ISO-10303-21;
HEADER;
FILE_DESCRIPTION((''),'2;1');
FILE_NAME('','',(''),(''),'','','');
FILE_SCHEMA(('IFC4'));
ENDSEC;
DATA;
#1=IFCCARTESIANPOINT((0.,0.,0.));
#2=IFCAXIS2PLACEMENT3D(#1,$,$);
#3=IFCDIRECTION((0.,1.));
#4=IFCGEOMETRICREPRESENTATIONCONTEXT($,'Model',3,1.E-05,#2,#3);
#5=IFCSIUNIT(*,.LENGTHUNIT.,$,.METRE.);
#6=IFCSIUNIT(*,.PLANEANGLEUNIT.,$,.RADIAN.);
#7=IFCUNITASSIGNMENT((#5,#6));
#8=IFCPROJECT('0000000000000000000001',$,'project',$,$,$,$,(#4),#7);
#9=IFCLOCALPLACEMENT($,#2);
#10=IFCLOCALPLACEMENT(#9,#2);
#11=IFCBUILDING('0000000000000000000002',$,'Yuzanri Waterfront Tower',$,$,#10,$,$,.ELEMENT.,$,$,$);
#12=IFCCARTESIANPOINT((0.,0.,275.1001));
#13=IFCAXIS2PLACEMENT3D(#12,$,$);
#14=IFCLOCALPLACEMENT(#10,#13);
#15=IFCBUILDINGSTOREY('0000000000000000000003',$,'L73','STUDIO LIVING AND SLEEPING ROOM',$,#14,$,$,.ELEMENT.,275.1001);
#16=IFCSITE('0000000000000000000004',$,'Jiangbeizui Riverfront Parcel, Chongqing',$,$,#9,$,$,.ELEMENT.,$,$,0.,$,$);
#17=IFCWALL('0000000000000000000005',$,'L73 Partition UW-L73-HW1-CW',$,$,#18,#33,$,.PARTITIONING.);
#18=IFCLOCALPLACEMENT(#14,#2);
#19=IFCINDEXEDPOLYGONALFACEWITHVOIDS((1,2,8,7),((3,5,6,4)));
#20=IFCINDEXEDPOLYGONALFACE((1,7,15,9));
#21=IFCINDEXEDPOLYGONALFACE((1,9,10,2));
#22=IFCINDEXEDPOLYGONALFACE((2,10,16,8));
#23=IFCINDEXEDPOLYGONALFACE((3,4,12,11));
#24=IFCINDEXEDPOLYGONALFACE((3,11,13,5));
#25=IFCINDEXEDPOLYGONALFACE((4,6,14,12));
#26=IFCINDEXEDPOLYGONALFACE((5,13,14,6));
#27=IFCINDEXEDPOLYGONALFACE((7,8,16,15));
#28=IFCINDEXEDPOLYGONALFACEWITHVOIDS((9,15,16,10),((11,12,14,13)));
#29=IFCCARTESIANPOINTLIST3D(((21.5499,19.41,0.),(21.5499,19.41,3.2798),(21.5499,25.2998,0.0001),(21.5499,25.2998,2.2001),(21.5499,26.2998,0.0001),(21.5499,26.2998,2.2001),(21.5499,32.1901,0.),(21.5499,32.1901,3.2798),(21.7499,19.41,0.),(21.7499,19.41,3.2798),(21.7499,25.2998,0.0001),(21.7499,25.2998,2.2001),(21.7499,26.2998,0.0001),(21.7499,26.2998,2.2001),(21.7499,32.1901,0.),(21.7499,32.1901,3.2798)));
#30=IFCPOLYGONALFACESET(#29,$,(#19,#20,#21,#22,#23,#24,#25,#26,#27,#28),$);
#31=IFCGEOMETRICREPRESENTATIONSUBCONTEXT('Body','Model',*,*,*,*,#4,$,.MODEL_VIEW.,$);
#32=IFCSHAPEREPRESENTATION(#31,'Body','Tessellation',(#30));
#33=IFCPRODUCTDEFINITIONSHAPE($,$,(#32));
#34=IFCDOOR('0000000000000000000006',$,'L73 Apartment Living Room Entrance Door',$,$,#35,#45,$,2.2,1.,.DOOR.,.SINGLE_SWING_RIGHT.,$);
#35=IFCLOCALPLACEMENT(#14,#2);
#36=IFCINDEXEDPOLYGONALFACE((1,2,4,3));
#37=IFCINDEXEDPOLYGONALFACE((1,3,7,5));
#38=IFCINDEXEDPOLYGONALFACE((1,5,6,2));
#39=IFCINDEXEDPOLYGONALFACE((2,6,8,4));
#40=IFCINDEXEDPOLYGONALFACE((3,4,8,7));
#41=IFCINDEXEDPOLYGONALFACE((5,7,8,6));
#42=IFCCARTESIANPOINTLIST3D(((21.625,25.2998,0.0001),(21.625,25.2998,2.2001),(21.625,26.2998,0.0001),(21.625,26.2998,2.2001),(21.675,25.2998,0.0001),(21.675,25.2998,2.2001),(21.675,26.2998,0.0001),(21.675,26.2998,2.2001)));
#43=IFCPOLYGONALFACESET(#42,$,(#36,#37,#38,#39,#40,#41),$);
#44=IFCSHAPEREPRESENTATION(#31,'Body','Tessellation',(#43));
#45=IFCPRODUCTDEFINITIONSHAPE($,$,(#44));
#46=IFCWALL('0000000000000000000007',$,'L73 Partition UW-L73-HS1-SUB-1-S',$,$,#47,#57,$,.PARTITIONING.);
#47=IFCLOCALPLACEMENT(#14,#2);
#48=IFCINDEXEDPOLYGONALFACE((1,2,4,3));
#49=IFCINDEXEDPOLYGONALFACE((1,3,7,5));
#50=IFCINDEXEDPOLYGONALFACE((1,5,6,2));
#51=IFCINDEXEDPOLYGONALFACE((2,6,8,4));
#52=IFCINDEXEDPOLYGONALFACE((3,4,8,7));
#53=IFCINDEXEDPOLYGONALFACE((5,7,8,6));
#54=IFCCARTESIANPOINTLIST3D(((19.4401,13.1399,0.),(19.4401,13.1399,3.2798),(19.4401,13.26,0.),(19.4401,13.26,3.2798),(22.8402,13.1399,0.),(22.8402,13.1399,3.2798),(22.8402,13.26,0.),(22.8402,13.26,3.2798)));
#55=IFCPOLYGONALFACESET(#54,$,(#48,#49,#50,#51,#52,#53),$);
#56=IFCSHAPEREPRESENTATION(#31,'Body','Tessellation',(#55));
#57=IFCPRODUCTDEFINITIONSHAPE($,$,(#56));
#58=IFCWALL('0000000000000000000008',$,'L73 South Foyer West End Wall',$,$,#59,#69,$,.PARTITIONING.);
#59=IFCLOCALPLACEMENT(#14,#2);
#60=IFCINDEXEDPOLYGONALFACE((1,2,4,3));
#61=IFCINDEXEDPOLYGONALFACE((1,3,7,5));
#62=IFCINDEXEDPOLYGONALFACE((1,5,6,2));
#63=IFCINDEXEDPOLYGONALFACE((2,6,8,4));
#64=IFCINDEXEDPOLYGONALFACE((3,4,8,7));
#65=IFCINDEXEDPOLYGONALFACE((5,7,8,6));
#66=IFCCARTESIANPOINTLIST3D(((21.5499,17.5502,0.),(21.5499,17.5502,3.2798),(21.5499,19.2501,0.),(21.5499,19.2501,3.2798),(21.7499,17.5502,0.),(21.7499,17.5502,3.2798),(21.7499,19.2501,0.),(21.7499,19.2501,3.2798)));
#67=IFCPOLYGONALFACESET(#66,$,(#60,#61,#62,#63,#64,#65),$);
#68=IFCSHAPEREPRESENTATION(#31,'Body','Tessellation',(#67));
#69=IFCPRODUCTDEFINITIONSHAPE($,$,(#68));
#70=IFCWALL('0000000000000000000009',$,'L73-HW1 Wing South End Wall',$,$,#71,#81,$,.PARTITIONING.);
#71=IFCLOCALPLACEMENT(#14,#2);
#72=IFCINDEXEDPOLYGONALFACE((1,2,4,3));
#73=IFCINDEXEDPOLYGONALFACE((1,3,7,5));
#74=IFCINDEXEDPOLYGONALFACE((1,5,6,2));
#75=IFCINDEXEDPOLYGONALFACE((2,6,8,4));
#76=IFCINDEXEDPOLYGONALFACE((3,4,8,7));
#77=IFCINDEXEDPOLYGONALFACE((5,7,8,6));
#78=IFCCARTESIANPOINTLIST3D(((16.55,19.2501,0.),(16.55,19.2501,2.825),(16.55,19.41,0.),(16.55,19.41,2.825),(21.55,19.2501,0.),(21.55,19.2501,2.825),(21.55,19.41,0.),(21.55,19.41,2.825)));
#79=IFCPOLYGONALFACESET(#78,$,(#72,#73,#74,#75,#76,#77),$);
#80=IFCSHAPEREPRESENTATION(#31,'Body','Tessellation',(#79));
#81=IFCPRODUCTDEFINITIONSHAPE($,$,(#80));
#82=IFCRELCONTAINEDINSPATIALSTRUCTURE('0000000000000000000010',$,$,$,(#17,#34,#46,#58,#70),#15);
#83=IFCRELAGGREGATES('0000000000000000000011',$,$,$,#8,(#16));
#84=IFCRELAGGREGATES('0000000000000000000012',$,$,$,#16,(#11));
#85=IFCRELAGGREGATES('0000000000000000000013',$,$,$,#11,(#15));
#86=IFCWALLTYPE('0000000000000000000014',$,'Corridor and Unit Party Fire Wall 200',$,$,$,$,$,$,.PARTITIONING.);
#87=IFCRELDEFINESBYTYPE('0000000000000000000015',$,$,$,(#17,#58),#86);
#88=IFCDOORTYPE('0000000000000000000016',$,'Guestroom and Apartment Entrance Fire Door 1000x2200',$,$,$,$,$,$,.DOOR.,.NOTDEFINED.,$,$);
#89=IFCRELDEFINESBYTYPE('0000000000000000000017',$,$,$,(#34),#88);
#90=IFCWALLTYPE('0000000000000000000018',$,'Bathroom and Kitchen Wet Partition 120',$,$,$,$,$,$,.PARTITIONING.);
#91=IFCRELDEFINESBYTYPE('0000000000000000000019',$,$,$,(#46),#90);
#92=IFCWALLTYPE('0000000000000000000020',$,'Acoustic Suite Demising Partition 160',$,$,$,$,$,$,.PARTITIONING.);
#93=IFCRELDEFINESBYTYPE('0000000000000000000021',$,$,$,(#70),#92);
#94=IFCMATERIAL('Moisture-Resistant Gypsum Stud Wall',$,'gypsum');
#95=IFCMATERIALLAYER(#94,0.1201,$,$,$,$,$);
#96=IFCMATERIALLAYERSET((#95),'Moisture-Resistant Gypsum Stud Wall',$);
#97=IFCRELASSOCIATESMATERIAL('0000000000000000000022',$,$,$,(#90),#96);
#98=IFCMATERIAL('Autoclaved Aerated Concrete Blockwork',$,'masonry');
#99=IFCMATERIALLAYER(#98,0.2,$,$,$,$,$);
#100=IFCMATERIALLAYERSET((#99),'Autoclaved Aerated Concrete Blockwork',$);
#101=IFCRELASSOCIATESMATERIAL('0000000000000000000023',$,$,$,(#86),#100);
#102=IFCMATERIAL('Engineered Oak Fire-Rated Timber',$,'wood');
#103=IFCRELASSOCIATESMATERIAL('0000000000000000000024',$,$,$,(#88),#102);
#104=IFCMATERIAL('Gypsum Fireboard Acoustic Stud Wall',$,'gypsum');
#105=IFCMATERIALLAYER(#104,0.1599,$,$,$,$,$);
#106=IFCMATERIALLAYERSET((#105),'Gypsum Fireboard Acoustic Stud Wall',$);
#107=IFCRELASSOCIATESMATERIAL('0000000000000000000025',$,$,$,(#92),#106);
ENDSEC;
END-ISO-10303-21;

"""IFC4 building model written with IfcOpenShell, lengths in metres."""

from ifc_helpers import new_model, si_unit, direction, frame, frame_2d, origin, place, context, subcontext, project, spatial, rectangle, extrude, source, transform, mapped, material, layer, layer_set, type_object, element, fill, save


model = new_model("IFC4")

# Units and contexts
model_context = context("Model", 3, precision=1e-05, world=origin(), true_north=direction((0.0, 1.0)))
body_context = subcontext(model_context, "Body", "Model", "MODEL_VIEW")
ifc_project = project(units=[si_unit("LENGTHUNIT", "METRE"), si_unit("PLANEANGLEUNIT", "RADIAN")], contexts=[model_context])

# Site, building, storey
site_placement = place(None, origin())
site = spatial("IfcSite", under=ifc_project, at=site_placement, Name="Jiangbeizui Riverfront Parcel, Chongqing", CompositionType="ELEMENT", RefElevation=0.0)
building_placement = place(site_placement, origin())
building = spatial("IfcBuilding", under=site, at=building_placement, Name="Yuzanri Waterfront Tower", CompositionType="ELEMENT")
storey_placement = place(building_placement, frame((0.0, 0.0, 275.1001)))
storey = spatial("IfcBuildingStorey", under=building, at=storey_placement, Name="L73", Description="STUDIO LIVING AND SLEEPING ROOM", CompositionType="ELEMENT", Elevation=275.1001)

# Shared definitions
ifc_material_1 = material(Name="Moisture-Resistant Gypsum Stud Wall", Category="gypsum")
ifc_layer_1 = layer(ifc_material_1, 0.1201)
ifc_layer_set_1 = layer_set([ifc_layer_1], Name="Moisture-Resistant Gypsum Stud Wall")
wall_type_1 = type_object("IfcWallType", Name="Bathroom and Kitchen Wet Partition 120", PredefinedType="PARTITIONING", material=ifc_layer_set_1)

# Wall, opening, door
ifc_material_2 = material(Name="Autoclaved Aerated Concrete Blockwork", Category="masonry")
ifc_layer_2 = layer(ifc_material_2, 0.2)
ifc_layer_set_2 = layer_set([ifc_layer_2], Name="Autoclaved Aerated Concrete Blockwork")
wall_type_2 = type_object("IfcWallType", Name="Corridor and Unit Party Fire Wall 200", PredefinedType="PARTITIONING", material=ifc_layer_set_2)
ifc_material_3 = material(Name="Engineered Oak Fire-Rated Timber", Category="wood")
door_type_1 = type_object("IfcDoorType", Name="Guestroom and Apartment Entrance Fire Door 1000x2200", OperationType="NOTDEFINED", PredefinedType="DOOR", material=ifc_material_3)
shared_shape_1 = source(origin(), body_context, "Body", "SweptSolid", [
    extrude(rectangle(XDim=1.0, YDim=2.2, at=frame_2d((0.5, 1.1001))), frame((0.0, 0.0249, 0.0), z_axis=(0.0, -1.0, 0.0), x_axis=(1.0, 0.0, 0.0)), (0.0, 0.0, 1.0), 0.05),
])
wall_1_placement = place(storey_placement, frame((21.6499, 19.4099, 0.0), z_axis=(0.0, 0.0, 1.0), x_axis=(0.0, 1.0, 0.0)))
wall_1 = element("IfcWall", 1, at=wall_1_placement, inside=storey, type_object=wall_type_2, Name="L73 Partition UW-L73-HW1-CW", PredefinedType="PARTITIONING", context=body_context, shape_type="SweptSolid", body=[
    extrude(rectangle(XDim=12.78, YDim=0.2, at=frame_2d((6.3901, 0.0))), origin(), (0.0, 0.0, 1.0), 3.2798),
])
opening_1_placement = place(wall_1_placement, frame((5.8899, 0.0, 0.0)))
opening_1 = element("IfcOpeningElement", 2, at=opening_1_placement, cuts=wall_1, PredefinedType="OPENING", context=body_context, shape_type="SweptSolid", body=[
    extrude(rectangle(XDim=1.0, YDim=2.2, at=frame_2d((0.5, 1.1001))), frame((0.0, 0.1147, 0.0), z_axis=(0.0, -1.0, 0.0), x_axis=(1.0, 0.0, 0.0)), (0.0, 0.0, 1.0), 0.2297),
])
door_1_placement = place(opening_1_placement, origin())
door_1 = element("IfcDoor", 3, at=door_1_placement, inside=storey, type_object=door_type_1, Name="L73 Apartment Living Room Entrance Door", OperationType="SINGLE_SWING_RIGHT", OverallHeight=2.2, OverallWidth=1.0, PredefinedType="DOOR", context=body_context, shape_type="MappedRepresentation", body=[
    mapped(shared_shape_1, transform((0.0, 0.0, 0.0), scale=1.0)),
])
fill(opening_1, door_1)

# Walls
shared_shape_2 = source(origin(), body_context, "Body", "SweptSolid", [
    extrude(rectangle(XDim=3.4001, YDim=0.1201, at=frame_2d((1.7002, 0.0))), origin(), (0.0, 0.0, 1.0), 3.2798),
])
wall_2_placement = place(storey_placement, frame((19.4399, 13.2, 0.0), z_axis=(0.0, 0.0, 1.0), x_axis=(1.0, 0.0, 0.0)))
element("IfcWall", 4, at=wall_2_placement, inside=storey, type_object=wall_type_1, Name="L73 Partition UW-L73-HS1-SUB-1-S", PredefinedType="PARTITIONING", context=body_context, shape_type="MappedRepresentation", body=[
    mapped(shared_shape_2, transform((0.0, 0.0, 0.0), scale=1.0)),
])
shared_shape_3 = source(origin(), body_context, "Body", "SweptSolid", [
    extrude(rectangle(XDim=1.7, YDim=0.2, at=frame_2d((0.8501, 0.0))), origin(), (0.0, 0.0, 1.0), 3.2798),
])
wall_3_placement = place(storey_placement, frame((21.6499, 17.55, 0.0), z_axis=(0.0, 0.0, 1.0), x_axis=(0.0, 1.0, 0.0)))
element("IfcWall", 5, at=wall_3_placement, inside=storey, type_object=wall_type_2, Name="L73 South Foyer West End Wall", PredefinedType="PARTITIONING", context=body_context, shape_type="MappedRepresentation", body=[
    mapped(shared_shape_3, transform((0.0, 0.0, 0.0), scale=1.0)),
])
ifc_material_4 = material(Name="Gypsum Fireboard Acoustic Stud Wall", Category="gypsum")
ifc_layer_3 = layer(ifc_material_4, 0.1599)
ifc_layer_set_3 = layer_set([ifc_layer_3], Name="Gypsum Fireboard Acoustic Stud Wall")
wall_type_3 = type_object("IfcWallType", Name="Acoustic Suite Demising Partition 160", PredefinedType="PARTITIONING", material=ifc_layer_set_3)
shared_shape_4 = source(origin(), body_context, "Body", "SweptSolid", [
    extrude(rectangle(XDim=5.0, YDim=0.1599, at=frame_2d((2.5, 0.0))), origin(), (0.0, 0.0, 1.0), 2.825),
])
wall_4_placement = place(storey_placement, frame((16.55, 19.3301, 0.0), z_axis=(0.0, 0.0, 1.0), x_axis=(1.0, 0.0, 0.0)))
element("IfcWall", 6, at=wall_4_placement, inside=storey, type_object=wall_type_3, Name="L73-HW1 Wing South End Wall", PredefinedType="PARTITIONING", context=body_context, shape_type="MappedRepresentation", body=[
    mapped(shared_shape_4, transform((0.0, 0.0, 0.0), scale=1.0)),
])

save(model, "model.ifc")
